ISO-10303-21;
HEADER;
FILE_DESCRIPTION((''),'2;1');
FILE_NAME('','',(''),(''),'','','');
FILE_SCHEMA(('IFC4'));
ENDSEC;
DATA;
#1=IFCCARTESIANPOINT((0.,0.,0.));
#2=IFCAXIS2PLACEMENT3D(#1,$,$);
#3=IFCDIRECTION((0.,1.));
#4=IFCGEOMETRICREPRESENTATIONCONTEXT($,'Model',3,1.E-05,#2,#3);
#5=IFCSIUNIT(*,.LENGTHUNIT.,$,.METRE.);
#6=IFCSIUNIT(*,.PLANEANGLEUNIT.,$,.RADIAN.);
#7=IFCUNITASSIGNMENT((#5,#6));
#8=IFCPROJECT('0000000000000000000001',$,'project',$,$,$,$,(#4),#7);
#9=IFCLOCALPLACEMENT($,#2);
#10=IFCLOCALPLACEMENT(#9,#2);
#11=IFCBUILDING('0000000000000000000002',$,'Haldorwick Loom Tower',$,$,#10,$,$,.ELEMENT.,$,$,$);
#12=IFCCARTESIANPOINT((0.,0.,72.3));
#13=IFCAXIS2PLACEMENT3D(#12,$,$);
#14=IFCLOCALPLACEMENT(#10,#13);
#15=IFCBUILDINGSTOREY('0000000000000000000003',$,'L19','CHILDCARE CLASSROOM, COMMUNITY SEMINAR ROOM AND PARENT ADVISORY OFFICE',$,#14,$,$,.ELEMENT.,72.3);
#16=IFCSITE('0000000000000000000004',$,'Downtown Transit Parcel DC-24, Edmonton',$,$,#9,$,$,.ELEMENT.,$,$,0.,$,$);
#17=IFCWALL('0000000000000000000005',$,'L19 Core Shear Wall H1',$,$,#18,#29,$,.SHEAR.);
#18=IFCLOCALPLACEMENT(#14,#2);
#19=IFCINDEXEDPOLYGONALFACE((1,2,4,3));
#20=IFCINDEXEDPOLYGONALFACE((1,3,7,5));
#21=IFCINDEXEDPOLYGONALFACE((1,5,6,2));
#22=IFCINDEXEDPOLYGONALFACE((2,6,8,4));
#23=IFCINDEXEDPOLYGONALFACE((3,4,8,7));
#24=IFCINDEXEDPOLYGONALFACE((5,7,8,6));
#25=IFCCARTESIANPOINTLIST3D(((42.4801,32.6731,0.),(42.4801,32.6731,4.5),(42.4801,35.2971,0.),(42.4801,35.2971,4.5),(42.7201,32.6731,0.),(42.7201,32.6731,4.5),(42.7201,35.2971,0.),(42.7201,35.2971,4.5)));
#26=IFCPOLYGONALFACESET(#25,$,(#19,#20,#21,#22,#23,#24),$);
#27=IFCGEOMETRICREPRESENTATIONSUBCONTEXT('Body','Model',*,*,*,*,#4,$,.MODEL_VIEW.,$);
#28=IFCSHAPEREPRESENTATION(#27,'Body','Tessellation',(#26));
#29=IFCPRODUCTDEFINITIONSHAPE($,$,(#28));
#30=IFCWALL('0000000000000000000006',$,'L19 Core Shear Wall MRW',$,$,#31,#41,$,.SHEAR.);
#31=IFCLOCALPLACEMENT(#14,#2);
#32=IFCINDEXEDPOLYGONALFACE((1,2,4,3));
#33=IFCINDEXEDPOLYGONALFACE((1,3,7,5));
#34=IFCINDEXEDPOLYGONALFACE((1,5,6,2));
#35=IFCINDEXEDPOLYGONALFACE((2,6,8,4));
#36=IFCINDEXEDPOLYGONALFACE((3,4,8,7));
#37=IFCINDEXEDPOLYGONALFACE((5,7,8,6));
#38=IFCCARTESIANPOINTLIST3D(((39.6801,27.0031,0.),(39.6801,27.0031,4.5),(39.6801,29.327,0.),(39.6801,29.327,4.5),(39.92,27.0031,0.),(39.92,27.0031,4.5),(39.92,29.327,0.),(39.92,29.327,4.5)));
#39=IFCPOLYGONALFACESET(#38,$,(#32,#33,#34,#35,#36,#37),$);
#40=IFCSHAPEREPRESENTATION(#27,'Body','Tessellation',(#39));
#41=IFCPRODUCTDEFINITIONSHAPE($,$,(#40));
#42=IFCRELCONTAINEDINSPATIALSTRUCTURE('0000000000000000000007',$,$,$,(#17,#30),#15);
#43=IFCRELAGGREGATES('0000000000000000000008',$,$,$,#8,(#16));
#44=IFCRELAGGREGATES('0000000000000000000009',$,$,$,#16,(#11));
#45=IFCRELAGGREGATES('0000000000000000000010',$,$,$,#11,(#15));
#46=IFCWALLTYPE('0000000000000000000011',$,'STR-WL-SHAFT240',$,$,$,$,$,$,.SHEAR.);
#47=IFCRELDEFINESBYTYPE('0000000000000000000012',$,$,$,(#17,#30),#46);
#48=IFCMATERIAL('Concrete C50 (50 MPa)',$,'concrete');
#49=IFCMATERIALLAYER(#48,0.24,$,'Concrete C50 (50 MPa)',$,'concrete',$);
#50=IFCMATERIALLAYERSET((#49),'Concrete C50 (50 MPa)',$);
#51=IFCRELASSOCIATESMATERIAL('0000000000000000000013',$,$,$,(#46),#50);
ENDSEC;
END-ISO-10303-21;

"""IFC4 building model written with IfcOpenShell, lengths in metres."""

from ifc_helpers import new_model, si_unit, direction, frame, frame_2d, origin, place, context, subcontext, project, spatial, rectangle, extrude, material, layer, layer_set, type_object, element, save


model = new_model("IFC4")

# Units and contexts
model_context = context("Model", 3, precision=1e-05, world=origin(), true_north=direction((0.0, 1.0)))
body_context = subcontext(model_context, "Body", "Model", "MODEL_VIEW")
ifc_project = project(units=[si_unit("LENGTHUNIT", "METRE"), si_unit("PLANEANGLEUNIT", "RADIAN")], contexts=[model_context])

# Site, building, storey
site_placement = place(None, origin())
site = spatial("IfcSite", under=ifc_project, at=site_placement, Name="Downtown Transit Parcel DC-24, Edmonton", CompositionType="ELEMENT", RefElevation=0.0)
building_placement = place(site_placement, origin())
building = spatial("IfcBuilding", under=site, at=building_placement, Name="Haldorwick Loom Tower", CompositionType="ELEMENT")
storey_placement = place(building_placement, frame((0.0, 0.0, 72.3)))
storey = spatial("IfcBuildingStorey", under=building, at=storey_placement, Name="L19", Description="CHILDCARE CLASSROOM, COMMUNITY SEMINAR ROOM AND PARENT ADVISORY OFFICE", CompositionType="ELEMENT", Elevation=72.3)

# Shared definitions
ifc_material_1 = material(Name="Concrete C50 (50 MPa)", Category="concrete")
ifc_layer_1 = layer(ifc_material_1, 0.24, Name="Concrete C50 (50 MPa)", Category="concrete")
ifc_layer_set_1 = layer_set([ifc_layer_1], Name="Concrete C50 (50 MPa)")
wall_type_1 = type_object("IfcWallType", Name="STR-WL-SHAFT240", PredefinedType="SHEAR", material=ifc_layer_set_1)

# Walls
for number, where, z_axis, x_axis, name in (
    (1, (42.6001, 32.6731, 0.0), (0.0, 0.0, 1.0), (0.0, 1.0, 0.0), "L19 Core Shear Wall H1"),
):
    element("IfcWall", number, at=place(storey_placement, frame(where, z_axis=z_axis, x_axis=x_axis)), inside=storey, type_object=wall_type_1, Name=name, PredefinedType="SHEAR", context=body_context, shape_type="SweptSolid", body=[
        extrude(rectangle(XDim=2.624, YDim=0.24, at=frame_2d((1.312, 0.0))), origin(), (0.0, 0.0, 1.0), 4.5),
    ])
wall_1_placement = place(storey_placement, frame((39.8, 27.0029, 0.0), z_axis=(0.0, 0.0, 1.0), x_axis=(0.0, 1.0, 0.0)))
element("IfcWall", 2, at=wall_1_placement, inside=storey, type_object=wall_type_1, Name="L19 Core Shear Wall MRW", PredefinedType="SHEAR", context=body_context, shape_type="SweptSolid", body=[
    extrude(rectangle(XDim=2.324, YDim=0.24, at=frame_2d((1.1621, 0.0))), origin(), (0.0, 0.0, 1.0), 4.5),
])

save(model, "model.ifc")
